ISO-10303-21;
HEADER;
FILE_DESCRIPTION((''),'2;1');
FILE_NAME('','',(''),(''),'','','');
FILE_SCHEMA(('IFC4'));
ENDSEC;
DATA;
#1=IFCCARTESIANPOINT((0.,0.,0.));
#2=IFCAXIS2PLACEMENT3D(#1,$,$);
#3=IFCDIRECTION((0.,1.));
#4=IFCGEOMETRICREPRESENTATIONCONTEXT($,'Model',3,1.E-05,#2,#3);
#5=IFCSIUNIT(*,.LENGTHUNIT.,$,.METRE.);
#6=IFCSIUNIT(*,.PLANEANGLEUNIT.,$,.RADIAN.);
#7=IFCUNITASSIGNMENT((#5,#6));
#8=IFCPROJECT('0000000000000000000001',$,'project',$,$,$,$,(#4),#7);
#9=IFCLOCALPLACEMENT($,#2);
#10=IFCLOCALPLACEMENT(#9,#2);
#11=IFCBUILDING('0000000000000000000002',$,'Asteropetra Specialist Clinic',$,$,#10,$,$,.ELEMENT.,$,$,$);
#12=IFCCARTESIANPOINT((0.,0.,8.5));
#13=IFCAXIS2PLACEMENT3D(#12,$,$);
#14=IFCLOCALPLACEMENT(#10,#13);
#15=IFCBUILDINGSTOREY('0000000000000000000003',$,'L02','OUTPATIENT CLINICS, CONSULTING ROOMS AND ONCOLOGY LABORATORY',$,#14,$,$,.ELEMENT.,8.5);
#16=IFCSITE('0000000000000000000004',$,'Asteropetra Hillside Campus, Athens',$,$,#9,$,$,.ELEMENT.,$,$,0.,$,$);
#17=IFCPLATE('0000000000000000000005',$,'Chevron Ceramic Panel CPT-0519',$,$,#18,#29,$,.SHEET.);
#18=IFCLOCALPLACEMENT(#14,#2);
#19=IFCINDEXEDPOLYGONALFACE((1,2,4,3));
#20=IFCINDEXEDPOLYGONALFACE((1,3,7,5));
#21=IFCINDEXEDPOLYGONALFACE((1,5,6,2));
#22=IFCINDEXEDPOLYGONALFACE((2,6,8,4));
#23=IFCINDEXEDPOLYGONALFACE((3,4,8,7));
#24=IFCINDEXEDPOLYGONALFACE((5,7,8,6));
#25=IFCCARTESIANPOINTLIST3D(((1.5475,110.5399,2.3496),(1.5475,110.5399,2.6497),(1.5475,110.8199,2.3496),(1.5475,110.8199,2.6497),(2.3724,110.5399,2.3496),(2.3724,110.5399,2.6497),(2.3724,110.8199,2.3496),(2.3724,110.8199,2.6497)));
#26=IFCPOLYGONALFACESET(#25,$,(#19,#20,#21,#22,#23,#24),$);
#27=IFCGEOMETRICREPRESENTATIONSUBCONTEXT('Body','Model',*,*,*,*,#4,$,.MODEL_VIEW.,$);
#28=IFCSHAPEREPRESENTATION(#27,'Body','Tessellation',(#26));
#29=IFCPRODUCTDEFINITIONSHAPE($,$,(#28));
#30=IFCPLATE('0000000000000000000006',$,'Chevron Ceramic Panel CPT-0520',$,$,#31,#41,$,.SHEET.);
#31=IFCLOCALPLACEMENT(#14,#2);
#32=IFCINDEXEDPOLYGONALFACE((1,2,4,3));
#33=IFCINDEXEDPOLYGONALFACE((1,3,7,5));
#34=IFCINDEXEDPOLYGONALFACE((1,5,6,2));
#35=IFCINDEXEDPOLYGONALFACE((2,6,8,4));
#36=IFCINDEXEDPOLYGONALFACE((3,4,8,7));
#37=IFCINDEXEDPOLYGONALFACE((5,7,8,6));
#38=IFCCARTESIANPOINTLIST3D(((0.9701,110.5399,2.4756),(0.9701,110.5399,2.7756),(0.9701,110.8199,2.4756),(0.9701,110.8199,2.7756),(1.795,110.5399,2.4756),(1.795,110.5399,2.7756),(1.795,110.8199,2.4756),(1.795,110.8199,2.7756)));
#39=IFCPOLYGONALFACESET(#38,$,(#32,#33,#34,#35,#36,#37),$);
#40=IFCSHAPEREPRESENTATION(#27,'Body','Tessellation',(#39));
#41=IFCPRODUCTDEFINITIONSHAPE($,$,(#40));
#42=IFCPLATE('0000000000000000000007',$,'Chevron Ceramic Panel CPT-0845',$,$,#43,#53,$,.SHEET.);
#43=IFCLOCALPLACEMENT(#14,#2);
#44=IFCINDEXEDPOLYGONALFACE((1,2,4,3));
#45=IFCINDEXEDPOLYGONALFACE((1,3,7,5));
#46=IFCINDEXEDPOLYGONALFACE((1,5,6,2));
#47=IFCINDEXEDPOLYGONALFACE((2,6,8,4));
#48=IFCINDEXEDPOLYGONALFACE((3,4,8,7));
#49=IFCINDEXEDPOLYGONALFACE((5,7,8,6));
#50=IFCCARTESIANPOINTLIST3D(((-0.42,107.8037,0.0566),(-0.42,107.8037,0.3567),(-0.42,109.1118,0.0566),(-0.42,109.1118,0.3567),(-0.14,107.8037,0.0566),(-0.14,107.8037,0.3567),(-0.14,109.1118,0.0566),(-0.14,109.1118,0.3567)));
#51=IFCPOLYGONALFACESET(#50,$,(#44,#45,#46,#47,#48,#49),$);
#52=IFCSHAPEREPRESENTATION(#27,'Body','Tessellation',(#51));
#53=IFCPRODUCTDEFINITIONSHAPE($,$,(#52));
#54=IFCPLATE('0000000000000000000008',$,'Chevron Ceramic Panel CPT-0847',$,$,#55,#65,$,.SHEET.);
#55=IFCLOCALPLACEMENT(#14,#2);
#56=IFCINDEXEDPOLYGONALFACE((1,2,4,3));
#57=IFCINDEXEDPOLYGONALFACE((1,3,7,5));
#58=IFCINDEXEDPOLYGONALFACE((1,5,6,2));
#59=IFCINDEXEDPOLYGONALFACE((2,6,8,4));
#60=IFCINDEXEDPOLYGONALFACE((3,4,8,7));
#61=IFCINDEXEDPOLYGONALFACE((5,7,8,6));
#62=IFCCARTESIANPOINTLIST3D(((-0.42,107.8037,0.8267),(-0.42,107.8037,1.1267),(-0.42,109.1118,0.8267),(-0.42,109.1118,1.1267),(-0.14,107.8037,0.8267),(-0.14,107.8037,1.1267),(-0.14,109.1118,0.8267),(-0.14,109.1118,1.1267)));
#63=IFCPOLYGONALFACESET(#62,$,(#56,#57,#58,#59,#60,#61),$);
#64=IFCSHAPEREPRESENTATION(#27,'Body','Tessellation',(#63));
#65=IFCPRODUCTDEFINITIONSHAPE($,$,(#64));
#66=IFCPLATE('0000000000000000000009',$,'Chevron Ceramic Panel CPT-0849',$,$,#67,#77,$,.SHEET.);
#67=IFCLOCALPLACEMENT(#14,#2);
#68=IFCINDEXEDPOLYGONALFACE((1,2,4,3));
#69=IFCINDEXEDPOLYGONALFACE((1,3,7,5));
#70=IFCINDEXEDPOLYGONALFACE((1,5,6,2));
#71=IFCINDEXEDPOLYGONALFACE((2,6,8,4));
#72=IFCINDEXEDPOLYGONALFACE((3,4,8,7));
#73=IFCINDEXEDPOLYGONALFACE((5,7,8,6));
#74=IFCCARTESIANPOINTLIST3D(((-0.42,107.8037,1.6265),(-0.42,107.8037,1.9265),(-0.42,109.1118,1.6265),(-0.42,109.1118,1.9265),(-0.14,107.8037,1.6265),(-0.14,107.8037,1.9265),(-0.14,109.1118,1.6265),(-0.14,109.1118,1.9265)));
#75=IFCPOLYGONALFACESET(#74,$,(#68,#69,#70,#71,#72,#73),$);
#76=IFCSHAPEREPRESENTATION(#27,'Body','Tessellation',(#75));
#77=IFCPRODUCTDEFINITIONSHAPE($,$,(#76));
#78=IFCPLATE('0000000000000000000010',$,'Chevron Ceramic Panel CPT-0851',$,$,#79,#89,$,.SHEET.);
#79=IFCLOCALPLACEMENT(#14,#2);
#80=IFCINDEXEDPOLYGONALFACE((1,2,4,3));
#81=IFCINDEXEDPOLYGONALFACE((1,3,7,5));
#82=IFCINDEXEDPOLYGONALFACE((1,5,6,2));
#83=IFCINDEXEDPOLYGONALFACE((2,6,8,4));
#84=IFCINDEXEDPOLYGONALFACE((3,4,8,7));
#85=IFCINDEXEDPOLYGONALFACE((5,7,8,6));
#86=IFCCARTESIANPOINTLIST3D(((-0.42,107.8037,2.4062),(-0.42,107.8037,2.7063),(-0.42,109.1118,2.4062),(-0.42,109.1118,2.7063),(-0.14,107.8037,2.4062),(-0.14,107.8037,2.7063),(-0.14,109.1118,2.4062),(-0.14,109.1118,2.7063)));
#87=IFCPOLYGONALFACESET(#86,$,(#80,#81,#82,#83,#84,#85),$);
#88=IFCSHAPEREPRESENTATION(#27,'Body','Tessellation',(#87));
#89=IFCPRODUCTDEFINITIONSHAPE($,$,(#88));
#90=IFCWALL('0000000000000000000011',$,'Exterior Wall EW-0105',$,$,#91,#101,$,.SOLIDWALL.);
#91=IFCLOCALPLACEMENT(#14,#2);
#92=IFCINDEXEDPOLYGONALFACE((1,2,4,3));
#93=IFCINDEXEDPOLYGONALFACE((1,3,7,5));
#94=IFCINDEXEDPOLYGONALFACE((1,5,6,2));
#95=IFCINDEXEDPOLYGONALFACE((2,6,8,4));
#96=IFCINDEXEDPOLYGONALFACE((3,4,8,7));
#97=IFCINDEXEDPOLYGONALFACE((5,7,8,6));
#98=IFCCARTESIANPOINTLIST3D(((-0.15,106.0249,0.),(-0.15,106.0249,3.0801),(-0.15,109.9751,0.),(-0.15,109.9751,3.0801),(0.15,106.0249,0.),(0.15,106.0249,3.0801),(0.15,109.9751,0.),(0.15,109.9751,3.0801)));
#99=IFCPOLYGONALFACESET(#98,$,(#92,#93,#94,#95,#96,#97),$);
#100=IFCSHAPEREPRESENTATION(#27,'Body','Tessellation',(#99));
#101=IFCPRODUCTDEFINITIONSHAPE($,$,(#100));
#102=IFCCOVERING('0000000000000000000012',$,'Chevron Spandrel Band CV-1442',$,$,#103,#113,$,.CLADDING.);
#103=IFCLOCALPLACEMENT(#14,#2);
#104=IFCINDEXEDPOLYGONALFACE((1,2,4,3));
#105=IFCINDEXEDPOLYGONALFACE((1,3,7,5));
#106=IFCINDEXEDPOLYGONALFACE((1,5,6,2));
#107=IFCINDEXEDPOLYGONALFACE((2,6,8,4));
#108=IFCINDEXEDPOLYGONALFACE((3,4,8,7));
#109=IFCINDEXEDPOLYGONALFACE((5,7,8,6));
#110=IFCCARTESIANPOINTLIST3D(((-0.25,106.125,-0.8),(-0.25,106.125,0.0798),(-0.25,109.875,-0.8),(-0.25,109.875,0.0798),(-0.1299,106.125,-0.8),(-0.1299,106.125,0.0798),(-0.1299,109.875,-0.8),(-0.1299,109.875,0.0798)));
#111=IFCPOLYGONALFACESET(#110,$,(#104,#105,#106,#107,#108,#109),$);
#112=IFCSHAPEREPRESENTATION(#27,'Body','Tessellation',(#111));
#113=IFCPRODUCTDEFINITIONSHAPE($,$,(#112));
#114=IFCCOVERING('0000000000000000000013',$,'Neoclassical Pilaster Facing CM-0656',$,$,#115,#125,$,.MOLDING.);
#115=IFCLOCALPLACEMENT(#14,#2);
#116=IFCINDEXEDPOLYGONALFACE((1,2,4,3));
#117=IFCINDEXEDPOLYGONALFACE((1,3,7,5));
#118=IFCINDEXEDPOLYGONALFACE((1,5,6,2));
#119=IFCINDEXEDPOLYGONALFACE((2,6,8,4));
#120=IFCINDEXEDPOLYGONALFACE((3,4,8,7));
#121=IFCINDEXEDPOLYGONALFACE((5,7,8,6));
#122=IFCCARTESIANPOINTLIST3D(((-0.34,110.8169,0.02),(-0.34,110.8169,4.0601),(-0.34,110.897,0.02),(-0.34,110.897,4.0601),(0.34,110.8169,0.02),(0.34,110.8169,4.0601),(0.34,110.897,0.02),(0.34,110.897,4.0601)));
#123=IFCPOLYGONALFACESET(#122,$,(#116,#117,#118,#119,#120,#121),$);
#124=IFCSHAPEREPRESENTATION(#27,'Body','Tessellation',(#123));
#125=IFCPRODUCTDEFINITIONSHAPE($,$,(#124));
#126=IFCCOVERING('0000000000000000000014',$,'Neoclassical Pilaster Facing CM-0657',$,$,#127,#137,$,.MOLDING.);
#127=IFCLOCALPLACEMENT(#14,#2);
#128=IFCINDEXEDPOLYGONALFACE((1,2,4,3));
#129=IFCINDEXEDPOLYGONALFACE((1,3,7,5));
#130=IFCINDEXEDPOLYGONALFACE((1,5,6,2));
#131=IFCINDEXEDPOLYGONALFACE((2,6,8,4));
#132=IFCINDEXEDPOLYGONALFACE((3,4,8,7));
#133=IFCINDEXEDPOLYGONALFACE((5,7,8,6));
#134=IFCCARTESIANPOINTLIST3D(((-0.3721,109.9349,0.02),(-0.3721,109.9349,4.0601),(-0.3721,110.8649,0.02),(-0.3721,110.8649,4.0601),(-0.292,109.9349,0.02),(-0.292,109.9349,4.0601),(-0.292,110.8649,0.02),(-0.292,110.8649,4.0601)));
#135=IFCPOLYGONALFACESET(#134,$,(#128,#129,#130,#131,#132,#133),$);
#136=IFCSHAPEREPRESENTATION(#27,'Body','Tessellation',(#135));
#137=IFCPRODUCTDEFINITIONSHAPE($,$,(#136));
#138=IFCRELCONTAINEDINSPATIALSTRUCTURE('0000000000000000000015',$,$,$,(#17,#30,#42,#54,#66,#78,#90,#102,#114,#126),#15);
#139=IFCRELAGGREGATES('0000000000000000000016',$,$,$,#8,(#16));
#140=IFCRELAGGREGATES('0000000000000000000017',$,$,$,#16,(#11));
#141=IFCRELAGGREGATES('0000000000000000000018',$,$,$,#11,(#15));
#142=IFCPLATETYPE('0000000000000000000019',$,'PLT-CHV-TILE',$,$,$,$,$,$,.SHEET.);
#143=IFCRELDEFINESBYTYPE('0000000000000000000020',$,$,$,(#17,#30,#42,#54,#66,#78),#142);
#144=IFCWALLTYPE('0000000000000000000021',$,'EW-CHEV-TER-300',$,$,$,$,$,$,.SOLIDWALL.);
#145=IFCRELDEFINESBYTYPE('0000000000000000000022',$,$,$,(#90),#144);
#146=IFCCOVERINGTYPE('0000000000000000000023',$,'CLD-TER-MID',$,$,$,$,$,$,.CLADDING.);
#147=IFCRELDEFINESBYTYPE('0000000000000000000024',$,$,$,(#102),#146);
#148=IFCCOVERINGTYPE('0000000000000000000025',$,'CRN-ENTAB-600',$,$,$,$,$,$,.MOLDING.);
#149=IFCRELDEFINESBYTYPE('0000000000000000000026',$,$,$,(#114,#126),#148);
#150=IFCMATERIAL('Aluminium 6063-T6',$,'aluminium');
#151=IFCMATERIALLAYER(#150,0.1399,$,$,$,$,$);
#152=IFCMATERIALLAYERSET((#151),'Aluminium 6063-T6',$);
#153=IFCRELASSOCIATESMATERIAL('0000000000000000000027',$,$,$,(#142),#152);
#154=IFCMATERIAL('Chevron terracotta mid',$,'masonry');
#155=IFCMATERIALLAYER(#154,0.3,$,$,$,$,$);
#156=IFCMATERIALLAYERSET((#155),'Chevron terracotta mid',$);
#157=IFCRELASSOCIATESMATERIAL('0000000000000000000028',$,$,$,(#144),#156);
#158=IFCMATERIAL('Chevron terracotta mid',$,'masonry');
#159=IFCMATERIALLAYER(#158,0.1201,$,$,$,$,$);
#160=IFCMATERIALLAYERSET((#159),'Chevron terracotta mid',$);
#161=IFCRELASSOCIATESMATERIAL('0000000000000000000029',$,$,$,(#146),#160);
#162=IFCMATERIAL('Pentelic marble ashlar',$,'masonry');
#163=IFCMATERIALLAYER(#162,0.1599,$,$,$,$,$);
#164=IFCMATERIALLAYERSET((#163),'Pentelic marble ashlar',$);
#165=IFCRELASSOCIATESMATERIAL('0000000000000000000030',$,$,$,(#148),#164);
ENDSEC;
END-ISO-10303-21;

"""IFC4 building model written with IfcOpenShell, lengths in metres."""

from ifc_helpers import new_model, si_unit, direction, frame, frame_2d, origin, origin_2d, place, context, subcontext, project, spatial, rectangle, extrude, material, layer, layer_set, type_object, element, save


model = new_model("IFC4")

# Units and contexts
model_context = context("Model", 3, precision=1e-05, world=origin(), true_north=direction((0.0, 1.0)))
body_context = subcontext(model_context, "Body", "Model", "MODEL_VIEW")
ifc_project = project(units=[si_unit("LENGTHUNIT", "METRE"), si_unit("PLANEANGLEUNIT", "RADIAN")], contexts=[model_context])

# Site, building, storey
site_placement = place(None, origin())
site = spatial("IfcSite", under=ifc_project, at=site_placement, Name="Asteropetra Hillside Campus, Athens", CompositionType="ELEMENT", RefElevation=0.0)
building_placement = place(site_placement, origin())
building = spatial("IfcBuilding", under=site, at=building_placement, Name="Asteropetra Specialist Clinic", CompositionType="ELEMENT")
storey_placement = place(building_placement, frame((0.0, 0.0, 8.5)))
storey = spatial("IfcBuildingStorey", under=building, at=storey_placement, Name="L02", Description="OUTPATIENT CLINICS, CONSULTING ROOMS AND ONCOLOGY LABORATORY", CompositionType="ELEMENT", Elevation=8.5)

# Plates
ifc_material_1 = material(Name="Aluminium 6063-T6", Category="aluminium")
ifc_layer_1 = layer(ifc_material_1, 0.1399)
ifc_layer_set_1 = layer_set([ifc_layer_1], Name="Aluminium 6063-T6")
plate_type_1 = type_object("IfcPlateType", Name="PLT-CHV-TILE", PredefinedType="SHEET", material=ifc_layer_set_1)
for number, where, z_axis, x_axis, name in (
    (1, (1.96, 110.6799, 2.3496), (0.0, 0.0, 1.0), (1.0, 0.0, 0.0), "Chevron Ceramic Panel CPT-0519"),
    (2, (1.3826, 110.6799, 2.4756), (0.0, 0.0, 1.0), (1.0, 0.0, 0.0), "Chevron Ceramic Panel CPT-0520"),
):
    element("IfcPlate", number, at=place(storey_placement, frame(where, z_axis=z_axis, x_axis=x_axis)), inside=storey, type_object=plate_type_1, Name=name, PredefinedType="SHEET", context=body_context, shape_type="SweptSolid", body=[
        extrude(rectangle(XDim=0.825, YDim=0.28, at=origin_2d()), origin(), (0.0, 0.0, 1.0), 0.3),
    ])
for number, where, z_axis, x_axis, name in (
    (3, (-0.28, 108.4578, 0.0566), (0.0, 0.0, 1.0), (1.0, 0.0, 0.0), "Chevron Ceramic Panel CPT-0845"),
    (4, (-0.28, 108.4578, 0.8267), (0.0, 0.0, 1.0), (1.0, 0.0, 0.0), "Chevron Ceramic Panel CPT-0847"),
    (5, (-0.28, 108.4578, 1.6265), (0.0, 0.0, 1.0), (1.0, 0.0, 0.0), "Chevron Ceramic Panel CPT-0849"),
    (6, (-0.28, 108.4578, 2.4062), (0.0, 0.0, 1.0), (1.0, 0.0, 0.0), "Chevron Ceramic Panel CPT-0851"),
):
    element("IfcPlate", number, at=place(storey_placement, frame(where, z_axis=z_axis, x_axis=x_axis)), inside=storey, type_object=plate_type_1, Name=name, PredefinedType="SHEET", context=body_context, shape_type="SweptSolid", body=[
        extrude(rectangle(XDim=0.28, YDim=1.3081, at=origin_2d()), origin(), (0.0, 0.0, 1.0), 0.3),
    ])

# Wall
ifc_material_2 = material(Name="Chevron terracotta mid", Category="masonry")
ifc_layer_2 = layer(ifc_material_2, 0.3)
ifc_layer_set_2 = layer_set([ifc_layer_2], Name="Chevron terracotta mid")
wall_type = type_object("IfcWallType", Name="EW-CHEV-TER-300", PredefinedType="SOLIDWALL", material=ifc_layer_set_2)
wall_placement = place(storey_placement, frame((0.0, 109.9751, 0.0), z_axis=(0.0, 0.0, 1.0), x_axis=(0.0, -1.0, 0.0)))
element("IfcWall", 7, at=wall_placement, inside=storey, type_object=wall_type, Name="Exterior Wall EW-0105", PredefinedType="SOLIDWALL", context=body_context, shape_type="SweptSolid", body=[
    extrude(rectangle(XDim=3.9502, YDim=0.3, at=frame_2d((1.9751, 0.0))), origin(), (0.0, 0.0, 1.0), 3.0801),
])

# Coverings
ifc_material_3 = material(Name="Chevron terracotta mid", Category="masonry")
ifc_layer_3 = layer(ifc_material_3, 0.1201)
ifc_layer_set_3 = layer_set([ifc_layer_3], Name="Chevron terracotta mid")
covering_type_1 = type_object("IfcCoveringType", Name="CLD-TER-MID", PredefinedType="CLADDING", material=ifc_layer_set_3)
covering_1_placement = place(storey_placement, frame((-0.1899, 108.0, -0.8), z_axis=(0.0, 0.0, 1.0), x_axis=(1.0, 0.0, 0.0)))
element("IfcCovering", 8, at=covering_1_placement, inside=storey, type_object=covering_type_1, Name="Chevron Spandrel Band CV-1442", PredefinedType="CLADDING", context=body_context, shape_type="SweptSolid", body=[
    extrude(rectangle(XDim=0.1201, YDim=3.75, at=origin_2d()), origin(), (0.0, 0.0, 1.0), 0.8799),
])
ifc_material_4 = material(Name="Pentelic marble ashlar", Category="masonry")
ifc_layer_4 = layer(ifc_material_4, 0.1599)
ifc_layer_set_4 = layer_set([ifc_layer_4], Name="Pentelic marble ashlar")
covering_type_2 = type_object("IfcCoveringType", Name="CRN-ENTAB-600", PredefinedType="MOLDING", material=ifc_layer_set_4)
covering_2_placement = place(storey_placement, frame((0.0, 110.8569, 0.02), z_axis=(0.0, 0.0, 1.0), x_axis=(1.0, 0.0, 0.0)))
element("IfcCovering", 9, at=covering_2_placement, inside=storey, type_object=covering_type_2, Name="Neoclassical Pilaster Facing CM-0656", PredefinedType="MOLDING", context=body_context, shape_type="SweptSolid", body=[
    extrude(rectangle(XDim=0.6799, YDim=0.0801, at=origin_2d()), origin(), (0.0, 0.0, 1.0), 4.04),
])
covering_3_placement = place(storey_placement, frame((-0.332, 110.3999, 0.02), z_axis=(0.0, 0.0, 1.0), x_axis=(1.0, 0.0, 0.0)))
element("IfcCovering", 10, at=covering_3_placement, inside=storey, type_object=covering_type_2, Name="Neoclassical Pilaster Facing CM-0657", PredefinedType="MOLDING", context=body_context, shape_type="SweptSolid", body=[
    extrude(rectangle(XDim=0.0801, YDim=0.9299, at=origin_2d()), origin(), (0.0, 0.0, 1.0), 4.04),
])

save(model, "model.ifc")
